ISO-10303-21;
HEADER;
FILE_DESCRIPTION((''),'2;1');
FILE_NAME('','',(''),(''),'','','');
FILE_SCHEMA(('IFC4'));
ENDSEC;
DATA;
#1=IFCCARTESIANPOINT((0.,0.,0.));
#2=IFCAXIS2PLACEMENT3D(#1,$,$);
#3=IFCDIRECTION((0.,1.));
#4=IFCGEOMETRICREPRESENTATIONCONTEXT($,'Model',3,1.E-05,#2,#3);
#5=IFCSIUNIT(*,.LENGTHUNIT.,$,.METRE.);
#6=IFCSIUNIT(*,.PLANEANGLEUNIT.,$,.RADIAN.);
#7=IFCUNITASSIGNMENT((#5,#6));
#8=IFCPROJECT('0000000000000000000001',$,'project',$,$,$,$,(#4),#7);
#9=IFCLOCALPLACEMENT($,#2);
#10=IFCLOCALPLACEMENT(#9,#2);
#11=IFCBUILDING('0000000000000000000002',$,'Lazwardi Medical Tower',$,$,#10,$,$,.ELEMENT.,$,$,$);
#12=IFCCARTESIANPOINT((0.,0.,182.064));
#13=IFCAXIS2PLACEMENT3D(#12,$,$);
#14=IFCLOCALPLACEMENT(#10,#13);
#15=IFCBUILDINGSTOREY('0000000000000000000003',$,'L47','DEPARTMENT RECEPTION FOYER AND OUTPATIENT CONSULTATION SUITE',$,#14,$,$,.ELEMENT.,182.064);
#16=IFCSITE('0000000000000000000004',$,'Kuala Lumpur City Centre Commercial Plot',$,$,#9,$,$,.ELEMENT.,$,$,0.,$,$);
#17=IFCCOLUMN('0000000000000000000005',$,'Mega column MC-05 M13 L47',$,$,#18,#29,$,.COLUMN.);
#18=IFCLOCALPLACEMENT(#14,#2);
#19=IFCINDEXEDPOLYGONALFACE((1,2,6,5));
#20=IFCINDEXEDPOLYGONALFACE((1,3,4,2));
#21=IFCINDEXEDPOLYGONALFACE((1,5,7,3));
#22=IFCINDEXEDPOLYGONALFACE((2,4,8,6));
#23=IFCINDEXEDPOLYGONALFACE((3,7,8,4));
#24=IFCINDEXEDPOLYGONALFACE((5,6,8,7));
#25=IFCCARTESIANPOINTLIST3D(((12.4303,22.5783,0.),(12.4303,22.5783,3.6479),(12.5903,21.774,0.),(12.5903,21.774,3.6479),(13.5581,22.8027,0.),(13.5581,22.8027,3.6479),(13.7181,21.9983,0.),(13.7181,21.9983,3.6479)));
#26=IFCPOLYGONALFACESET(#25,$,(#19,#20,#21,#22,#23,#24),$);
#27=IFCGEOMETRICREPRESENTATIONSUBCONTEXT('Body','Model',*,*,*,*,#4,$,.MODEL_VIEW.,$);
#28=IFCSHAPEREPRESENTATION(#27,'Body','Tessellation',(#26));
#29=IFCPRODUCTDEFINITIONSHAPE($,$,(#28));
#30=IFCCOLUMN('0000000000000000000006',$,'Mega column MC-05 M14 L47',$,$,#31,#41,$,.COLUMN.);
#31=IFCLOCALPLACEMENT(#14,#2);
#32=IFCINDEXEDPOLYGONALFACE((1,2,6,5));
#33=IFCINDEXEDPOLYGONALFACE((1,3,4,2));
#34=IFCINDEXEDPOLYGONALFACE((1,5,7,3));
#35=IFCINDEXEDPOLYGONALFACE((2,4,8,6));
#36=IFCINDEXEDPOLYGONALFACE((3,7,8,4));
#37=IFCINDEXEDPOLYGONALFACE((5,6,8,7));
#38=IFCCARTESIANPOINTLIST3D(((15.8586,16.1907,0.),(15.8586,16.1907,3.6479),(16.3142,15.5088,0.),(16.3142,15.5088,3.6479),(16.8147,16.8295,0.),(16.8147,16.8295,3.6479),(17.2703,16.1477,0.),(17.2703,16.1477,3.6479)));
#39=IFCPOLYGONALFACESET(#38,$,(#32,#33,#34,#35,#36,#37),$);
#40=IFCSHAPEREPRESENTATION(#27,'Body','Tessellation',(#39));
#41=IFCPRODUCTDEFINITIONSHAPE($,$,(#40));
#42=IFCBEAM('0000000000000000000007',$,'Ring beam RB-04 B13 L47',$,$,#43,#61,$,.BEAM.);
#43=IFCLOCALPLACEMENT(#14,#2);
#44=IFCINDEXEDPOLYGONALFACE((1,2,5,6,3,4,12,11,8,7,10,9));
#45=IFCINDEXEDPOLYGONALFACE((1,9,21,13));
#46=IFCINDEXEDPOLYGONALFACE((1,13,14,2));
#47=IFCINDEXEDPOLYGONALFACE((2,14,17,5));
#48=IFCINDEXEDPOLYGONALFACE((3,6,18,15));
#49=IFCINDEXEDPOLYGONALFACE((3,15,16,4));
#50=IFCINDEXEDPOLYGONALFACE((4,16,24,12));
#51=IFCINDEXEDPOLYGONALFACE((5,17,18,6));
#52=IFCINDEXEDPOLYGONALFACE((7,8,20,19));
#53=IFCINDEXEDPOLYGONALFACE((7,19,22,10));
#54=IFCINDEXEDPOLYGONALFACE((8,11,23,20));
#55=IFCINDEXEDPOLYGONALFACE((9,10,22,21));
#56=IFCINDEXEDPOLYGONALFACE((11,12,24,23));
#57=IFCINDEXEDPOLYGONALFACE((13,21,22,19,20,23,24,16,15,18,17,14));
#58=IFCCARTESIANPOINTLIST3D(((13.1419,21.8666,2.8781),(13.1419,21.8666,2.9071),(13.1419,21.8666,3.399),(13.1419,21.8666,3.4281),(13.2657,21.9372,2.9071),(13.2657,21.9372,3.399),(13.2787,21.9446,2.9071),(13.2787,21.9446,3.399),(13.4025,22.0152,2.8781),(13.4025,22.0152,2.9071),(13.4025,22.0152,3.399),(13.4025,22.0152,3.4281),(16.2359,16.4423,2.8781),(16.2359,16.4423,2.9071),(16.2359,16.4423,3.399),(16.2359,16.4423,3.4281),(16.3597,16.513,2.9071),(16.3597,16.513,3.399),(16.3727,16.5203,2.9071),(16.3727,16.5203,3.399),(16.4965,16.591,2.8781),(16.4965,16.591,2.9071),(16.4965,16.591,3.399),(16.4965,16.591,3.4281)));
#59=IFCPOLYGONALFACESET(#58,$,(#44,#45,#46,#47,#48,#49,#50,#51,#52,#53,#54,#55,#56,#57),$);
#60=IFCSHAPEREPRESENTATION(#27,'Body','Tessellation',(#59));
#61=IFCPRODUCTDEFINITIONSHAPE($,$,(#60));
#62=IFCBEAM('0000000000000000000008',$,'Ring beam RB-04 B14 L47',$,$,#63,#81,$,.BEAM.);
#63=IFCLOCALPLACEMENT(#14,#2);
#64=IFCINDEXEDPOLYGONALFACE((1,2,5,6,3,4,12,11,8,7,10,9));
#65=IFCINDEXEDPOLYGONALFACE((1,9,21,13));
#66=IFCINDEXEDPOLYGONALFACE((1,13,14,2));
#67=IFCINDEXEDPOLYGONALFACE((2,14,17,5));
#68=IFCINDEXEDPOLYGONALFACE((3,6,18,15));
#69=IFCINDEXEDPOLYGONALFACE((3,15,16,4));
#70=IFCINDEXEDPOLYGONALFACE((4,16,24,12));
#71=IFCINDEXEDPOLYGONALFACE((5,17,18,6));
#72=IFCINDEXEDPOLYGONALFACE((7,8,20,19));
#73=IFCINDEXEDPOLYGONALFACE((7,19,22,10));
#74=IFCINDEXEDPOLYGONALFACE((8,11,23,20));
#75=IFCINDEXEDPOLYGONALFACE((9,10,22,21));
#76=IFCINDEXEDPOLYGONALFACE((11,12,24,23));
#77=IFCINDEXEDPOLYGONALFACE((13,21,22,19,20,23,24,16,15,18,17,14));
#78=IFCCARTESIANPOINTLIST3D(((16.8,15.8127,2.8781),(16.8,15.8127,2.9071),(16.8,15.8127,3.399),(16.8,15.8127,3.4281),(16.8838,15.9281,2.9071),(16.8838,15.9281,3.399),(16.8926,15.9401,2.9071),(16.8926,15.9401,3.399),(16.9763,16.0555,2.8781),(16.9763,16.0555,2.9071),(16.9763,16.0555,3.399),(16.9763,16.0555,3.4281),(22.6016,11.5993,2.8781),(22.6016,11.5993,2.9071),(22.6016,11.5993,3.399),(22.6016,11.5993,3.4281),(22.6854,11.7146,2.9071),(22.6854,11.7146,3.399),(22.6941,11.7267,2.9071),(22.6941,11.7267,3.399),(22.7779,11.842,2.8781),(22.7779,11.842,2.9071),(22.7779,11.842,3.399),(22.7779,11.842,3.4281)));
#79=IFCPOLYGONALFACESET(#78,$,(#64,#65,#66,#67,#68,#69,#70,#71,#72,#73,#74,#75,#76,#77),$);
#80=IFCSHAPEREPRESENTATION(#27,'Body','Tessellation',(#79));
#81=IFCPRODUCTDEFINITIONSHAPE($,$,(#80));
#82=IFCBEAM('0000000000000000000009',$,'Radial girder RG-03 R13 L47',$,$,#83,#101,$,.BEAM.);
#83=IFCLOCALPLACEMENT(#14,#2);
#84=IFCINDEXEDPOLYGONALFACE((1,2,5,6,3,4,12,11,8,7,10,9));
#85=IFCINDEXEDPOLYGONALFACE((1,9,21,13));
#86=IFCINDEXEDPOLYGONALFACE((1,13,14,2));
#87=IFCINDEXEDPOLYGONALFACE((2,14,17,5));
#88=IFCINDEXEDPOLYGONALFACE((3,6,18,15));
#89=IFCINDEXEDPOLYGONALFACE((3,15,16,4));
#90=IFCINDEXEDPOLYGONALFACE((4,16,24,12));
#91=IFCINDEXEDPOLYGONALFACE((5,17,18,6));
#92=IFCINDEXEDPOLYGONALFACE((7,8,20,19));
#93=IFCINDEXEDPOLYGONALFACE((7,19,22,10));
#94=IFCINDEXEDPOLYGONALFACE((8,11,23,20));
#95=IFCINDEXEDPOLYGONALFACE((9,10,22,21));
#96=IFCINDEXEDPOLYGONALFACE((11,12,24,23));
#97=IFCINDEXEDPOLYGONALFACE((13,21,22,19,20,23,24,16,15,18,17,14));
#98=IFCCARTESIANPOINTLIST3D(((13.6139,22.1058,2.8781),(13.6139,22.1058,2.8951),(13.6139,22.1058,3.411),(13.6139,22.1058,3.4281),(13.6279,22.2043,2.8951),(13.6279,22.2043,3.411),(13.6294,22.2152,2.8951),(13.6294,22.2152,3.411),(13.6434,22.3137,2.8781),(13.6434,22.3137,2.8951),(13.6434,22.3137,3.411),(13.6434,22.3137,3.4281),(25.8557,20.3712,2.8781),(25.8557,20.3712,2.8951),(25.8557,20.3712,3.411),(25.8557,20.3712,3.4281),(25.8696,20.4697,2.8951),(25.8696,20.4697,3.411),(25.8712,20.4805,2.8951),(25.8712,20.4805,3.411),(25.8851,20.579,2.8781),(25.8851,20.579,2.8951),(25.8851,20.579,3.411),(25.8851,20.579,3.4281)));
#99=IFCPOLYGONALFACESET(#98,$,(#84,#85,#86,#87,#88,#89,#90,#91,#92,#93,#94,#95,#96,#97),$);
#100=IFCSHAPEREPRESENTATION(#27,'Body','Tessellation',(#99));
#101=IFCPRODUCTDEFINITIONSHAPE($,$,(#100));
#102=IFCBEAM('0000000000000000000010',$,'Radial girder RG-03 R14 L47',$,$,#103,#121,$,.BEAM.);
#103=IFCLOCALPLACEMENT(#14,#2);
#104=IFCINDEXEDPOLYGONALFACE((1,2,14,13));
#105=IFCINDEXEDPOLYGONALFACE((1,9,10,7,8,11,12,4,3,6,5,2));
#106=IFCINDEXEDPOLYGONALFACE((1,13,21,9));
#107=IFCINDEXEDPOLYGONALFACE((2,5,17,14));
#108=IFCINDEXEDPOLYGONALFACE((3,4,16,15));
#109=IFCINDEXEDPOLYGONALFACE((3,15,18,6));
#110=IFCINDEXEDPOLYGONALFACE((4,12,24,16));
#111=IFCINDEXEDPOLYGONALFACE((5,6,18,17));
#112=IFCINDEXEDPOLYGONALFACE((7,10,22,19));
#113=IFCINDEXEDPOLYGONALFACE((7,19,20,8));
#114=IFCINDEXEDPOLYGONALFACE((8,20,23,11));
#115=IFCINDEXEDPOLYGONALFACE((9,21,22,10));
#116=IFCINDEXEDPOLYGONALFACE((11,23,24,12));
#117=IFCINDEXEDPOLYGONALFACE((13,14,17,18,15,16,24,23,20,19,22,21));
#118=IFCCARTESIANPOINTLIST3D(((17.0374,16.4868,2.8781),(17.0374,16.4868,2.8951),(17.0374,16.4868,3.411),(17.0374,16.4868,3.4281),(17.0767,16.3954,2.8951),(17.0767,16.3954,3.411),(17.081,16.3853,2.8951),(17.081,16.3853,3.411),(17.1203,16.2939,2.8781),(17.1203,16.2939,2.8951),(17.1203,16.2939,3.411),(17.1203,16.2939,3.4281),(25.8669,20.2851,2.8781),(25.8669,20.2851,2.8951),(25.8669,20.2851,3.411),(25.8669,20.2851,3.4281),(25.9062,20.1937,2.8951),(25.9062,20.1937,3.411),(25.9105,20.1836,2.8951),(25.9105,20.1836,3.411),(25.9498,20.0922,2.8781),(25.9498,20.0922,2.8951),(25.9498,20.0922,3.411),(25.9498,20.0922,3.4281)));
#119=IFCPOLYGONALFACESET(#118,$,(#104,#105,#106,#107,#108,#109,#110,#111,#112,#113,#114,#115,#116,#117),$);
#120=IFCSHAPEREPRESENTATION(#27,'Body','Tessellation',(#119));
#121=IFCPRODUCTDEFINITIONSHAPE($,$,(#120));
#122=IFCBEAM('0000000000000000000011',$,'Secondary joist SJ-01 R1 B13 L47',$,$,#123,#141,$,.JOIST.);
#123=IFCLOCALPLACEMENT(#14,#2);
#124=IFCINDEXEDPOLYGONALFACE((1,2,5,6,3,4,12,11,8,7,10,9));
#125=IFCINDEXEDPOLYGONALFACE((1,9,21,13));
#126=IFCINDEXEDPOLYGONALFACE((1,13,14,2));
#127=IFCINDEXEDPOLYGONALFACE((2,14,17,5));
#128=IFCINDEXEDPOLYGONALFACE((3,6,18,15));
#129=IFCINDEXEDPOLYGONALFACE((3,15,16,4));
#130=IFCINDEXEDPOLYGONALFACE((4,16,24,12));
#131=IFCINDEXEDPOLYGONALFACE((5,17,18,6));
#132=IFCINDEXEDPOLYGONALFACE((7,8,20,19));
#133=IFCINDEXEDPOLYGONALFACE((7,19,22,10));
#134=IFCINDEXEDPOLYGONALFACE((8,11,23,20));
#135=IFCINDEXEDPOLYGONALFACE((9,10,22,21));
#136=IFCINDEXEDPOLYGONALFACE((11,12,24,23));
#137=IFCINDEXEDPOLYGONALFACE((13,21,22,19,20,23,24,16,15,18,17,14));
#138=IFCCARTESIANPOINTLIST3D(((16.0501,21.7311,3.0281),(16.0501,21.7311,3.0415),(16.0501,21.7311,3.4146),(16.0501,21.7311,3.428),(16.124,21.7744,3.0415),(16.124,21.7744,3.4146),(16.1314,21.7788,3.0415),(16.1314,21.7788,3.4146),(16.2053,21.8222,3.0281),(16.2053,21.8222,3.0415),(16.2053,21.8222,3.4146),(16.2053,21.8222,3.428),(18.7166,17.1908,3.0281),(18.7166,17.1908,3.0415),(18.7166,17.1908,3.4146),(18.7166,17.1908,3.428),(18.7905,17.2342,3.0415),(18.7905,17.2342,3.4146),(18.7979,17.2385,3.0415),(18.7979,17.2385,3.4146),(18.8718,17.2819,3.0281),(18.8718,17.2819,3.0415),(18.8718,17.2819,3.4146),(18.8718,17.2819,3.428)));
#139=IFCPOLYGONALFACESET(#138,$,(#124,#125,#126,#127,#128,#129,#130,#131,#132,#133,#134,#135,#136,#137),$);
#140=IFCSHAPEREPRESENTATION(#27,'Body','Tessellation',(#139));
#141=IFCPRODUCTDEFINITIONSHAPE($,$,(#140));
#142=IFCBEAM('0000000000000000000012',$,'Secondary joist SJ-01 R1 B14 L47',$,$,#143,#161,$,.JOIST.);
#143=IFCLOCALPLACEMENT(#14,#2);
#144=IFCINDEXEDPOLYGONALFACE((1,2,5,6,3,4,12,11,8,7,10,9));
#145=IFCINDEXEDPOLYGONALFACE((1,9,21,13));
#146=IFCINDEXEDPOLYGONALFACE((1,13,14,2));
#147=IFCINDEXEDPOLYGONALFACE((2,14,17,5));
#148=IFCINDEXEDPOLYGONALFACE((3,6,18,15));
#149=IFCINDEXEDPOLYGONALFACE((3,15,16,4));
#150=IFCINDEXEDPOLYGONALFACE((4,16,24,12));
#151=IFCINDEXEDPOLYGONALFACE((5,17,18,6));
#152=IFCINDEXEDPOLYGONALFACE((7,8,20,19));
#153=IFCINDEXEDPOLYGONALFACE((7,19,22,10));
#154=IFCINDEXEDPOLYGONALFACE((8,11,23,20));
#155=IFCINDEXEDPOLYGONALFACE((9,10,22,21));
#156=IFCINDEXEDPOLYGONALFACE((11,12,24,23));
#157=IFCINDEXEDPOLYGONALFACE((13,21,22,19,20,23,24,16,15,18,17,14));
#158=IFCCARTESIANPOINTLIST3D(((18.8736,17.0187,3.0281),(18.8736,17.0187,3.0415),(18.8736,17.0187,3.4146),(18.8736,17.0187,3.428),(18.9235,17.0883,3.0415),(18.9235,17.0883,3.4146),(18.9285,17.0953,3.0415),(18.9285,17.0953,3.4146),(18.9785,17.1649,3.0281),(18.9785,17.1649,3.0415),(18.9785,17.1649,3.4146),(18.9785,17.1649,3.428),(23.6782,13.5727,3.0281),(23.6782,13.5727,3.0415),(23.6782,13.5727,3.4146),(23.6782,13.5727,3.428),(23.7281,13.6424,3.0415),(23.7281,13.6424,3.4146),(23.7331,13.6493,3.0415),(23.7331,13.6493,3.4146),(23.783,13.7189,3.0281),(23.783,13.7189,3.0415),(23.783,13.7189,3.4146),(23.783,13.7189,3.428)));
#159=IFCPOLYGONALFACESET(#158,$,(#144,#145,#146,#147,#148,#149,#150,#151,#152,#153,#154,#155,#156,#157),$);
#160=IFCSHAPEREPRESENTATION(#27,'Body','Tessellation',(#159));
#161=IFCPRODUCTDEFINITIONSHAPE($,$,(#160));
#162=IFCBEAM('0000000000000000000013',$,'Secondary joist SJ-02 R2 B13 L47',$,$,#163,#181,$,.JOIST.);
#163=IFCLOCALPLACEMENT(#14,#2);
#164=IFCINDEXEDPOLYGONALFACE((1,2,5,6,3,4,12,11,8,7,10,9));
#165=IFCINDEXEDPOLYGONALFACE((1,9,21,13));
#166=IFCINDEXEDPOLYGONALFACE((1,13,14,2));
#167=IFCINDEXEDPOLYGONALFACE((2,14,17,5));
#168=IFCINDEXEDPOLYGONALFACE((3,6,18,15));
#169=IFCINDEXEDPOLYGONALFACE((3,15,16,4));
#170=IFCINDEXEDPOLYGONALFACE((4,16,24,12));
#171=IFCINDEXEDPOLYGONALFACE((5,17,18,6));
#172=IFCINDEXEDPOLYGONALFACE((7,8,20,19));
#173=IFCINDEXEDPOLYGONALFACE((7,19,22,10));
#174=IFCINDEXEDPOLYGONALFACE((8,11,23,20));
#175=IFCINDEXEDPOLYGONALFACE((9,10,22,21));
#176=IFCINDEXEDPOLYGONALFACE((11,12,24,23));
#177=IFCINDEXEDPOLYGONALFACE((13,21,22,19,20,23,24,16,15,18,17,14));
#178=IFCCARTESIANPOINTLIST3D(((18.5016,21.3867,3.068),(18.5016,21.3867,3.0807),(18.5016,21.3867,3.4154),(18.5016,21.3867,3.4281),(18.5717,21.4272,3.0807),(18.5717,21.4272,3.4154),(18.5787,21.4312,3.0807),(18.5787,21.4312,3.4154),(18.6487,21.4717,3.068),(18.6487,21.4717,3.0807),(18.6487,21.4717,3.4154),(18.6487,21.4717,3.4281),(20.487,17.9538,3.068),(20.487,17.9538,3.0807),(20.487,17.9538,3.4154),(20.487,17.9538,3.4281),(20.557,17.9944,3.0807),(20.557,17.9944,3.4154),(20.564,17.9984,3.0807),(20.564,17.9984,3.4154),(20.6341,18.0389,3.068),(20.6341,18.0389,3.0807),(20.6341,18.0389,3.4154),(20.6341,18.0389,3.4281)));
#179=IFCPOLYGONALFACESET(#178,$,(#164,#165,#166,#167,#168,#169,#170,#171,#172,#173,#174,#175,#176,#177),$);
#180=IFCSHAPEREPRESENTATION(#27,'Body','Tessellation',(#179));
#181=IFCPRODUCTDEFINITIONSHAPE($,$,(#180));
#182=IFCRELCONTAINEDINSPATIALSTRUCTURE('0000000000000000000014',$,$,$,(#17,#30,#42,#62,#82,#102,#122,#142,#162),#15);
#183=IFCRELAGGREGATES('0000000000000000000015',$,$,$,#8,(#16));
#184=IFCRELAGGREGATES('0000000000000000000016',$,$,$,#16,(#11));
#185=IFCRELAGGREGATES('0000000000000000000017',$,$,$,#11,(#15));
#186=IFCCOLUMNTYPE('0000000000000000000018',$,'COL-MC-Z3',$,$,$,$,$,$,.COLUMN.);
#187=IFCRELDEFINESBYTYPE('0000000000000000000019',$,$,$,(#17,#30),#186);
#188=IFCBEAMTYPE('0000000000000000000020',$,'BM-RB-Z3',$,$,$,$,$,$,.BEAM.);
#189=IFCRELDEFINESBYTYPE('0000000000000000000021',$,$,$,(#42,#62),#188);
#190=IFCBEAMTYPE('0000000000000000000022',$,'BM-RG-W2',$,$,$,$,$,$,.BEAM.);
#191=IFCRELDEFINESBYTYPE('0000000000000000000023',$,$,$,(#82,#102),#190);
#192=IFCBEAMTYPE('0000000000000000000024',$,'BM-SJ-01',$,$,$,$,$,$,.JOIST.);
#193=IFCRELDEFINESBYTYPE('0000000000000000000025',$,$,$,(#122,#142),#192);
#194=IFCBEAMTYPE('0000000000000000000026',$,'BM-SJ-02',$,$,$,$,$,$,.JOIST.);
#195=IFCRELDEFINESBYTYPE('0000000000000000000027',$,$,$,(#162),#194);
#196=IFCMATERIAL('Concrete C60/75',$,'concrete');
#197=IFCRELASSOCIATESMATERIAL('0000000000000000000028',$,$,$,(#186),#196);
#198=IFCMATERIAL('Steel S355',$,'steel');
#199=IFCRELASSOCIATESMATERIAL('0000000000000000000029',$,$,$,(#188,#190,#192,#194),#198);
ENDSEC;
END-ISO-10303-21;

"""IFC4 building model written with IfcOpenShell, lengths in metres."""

from ifc_helpers import new_model, si_unit, direction, frame, origin, origin_2d, place, context, subcontext, project, spatial, rectangle, i_section, extrude, material, material_profile, profile_set, type_object, element, save


model = new_model("IFC4")

# Units and contexts
model_context = context("Model", 3, precision=1e-05, world=origin(), true_north=direction((0.0, 1.0)))
body_context = subcontext(model_context, "Body", "Model", "MODEL_VIEW")
ifc_project = project(units=[si_unit("LENGTHUNIT", "METRE"), si_unit("PLANEANGLEUNIT", "RADIAN")], contexts=[model_context])

# Site, building, storey
site_placement = place(None, origin())
site = spatial("IfcSite", under=ifc_project, at=site_placement, Name="Kuala Lumpur City Centre Commercial Plot", CompositionType="ELEMENT", RefElevation=0.0)
building_placement = place(site_placement, origin())
building = spatial("IfcBuilding", under=site, at=building_placement, Name="Lazwardi Medical Tower", CompositionType="ELEMENT")
storey_placement = place(building_placement, frame((0.0, 0.0, 182.064)))
storey = spatial("IfcBuildingStorey", under=building, at=storey_placement, Name="L47", Description="DEPARTMENT RECEPTION FOYER AND OUTPATIENT CONSULTATION SUITE", CompositionType="ELEMENT", Elevation=182.064)

# Columns
ifc_material_1 = material(Name="Concrete C60/75", Category="concrete")
ifc_material_profile_1 = material_profile(ifc_material_1, rectangle(XDim=1.1499, YDim=0.8201, at=origin_2d()), Name="CFT-RECT 1150x820")
ifc_profile_set_1 = profile_set([ifc_material_profile_1], Name="Concrete C60/75")
column_type = type_object("IfcColumnType", Name="COL-MC-Z3", PredefinedType="COLUMN", material=ifc_profile_set_1)
for number, where, z_axis, x_axis, name in (
    (1, (13.0742, 22.2883, 0.0), (0.0, 0.0, 1.0), (-0.980785, -0.19509, 0.0), "Mega column MC-05 M13 L47"),
    (2, (16.5645, 16.1692, 0.0), (0.0, 0.0, 1.0), (-0.83147, -0.55557, 0.0), "Mega column MC-05 M14 L47"),
):
    element("IfcColumn", number, at=place(storey_placement, frame(where, z_axis=z_axis, x_axis=x_axis)), inside=storey, type_object=column_type, Name=name, PredefinedType="COLUMN", context=body_context, shape_type="SweptSolid", body=[
        extrude(rectangle(XDim=1.1499, YDim=0.8201, at=origin_2d()), origin(), (0.0, 0.0, 1.0), 3.6479),
    ])

# Beams
ifc_material_2 = material(Name="Steel S355", Category="steel")
ifc_material_profile_2 = material_profile(ifc_material_2, i_section(OverallWidth=0.3, OverallDepth=0.55, WebThickness=0.0149, FlangeThickness=0.0291, at=origin_2d()), Name="HEB 550")
ifc_profile_set_2 = profile_set([ifc_material_profile_2], Name="Steel S355")
beam_type_1 = type_object("IfcBeamType", Name="BM-RB-Z3", PredefinedType="BEAM", material=ifc_profile_set_2)
beam_1_placement = place(storey_placement, frame((13.2722, 21.9409, 3.1531), z_axis=(0.495461, -0.86863, 0.0), x_axis=(0.86863, 0.495461, 0.0)))
element("IfcBeam", 3, at=beam_1_placement, inside=storey, type_object=beam_type_1, Name="Ring beam RB-04 B13 L47", PredefinedType="BEAM", context=body_context, shape_type="SweptSolid", body=[
    extrude(i_section(OverallWidth=0.3, OverallDepth=0.55, WebThickness=0.0149, FlangeThickness=0.0291, at=origin_2d()), origin(), (0.0, 0.0, 1.0), 6.2446),
])
beam_2_placement = place(storey_placement, frame((16.8882, 15.9341, 3.1531), z_axis=(0.809128, -0.587633, 0.0), x_axis=(0.587633, 0.809128, 0.0)))
element("IfcBeam", 4, at=beam_2_placement, inside=storey, type_object=beam_type_1, Name="Ring beam RB-04 B14 L47", PredefinedType="BEAM", context=body_context, shape_type="SweptSolid", body=[
    extrude(i_section(OverallWidth=0.3, OverallDepth=0.55, WebThickness=0.0149, FlangeThickness=0.0291, at=origin_2d()), origin(), (0.0, 0.0, 1.0), 7.1702),
])
ifc_material_profile_3 = material_profile(ifc_material_2, i_section(OverallWidth=0.21, OverallDepth=0.55, WebThickness=0.011, FlangeThickness=0.0171, at=origin_2d()), Name="IPE 550")
ifc_profile_set_3 = profile_set([ifc_material_profile_3], Name="Steel S355")
beam_type_2 = type_object("IfcBeamType", Name="BM-RG-W2", PredefinedType="BEAM", material=ifc_profile_set_3)
beam_3_placement = place(storey_placement, frame((13.6287, 22.2097, 3.1531), z_axis=(0.99011, -0.140296, 0.0), x_axis=(0.140296, 0.99011, 0.0)))
element("IfcBeam", 5, at=beam_3_placement, inside=storey, type_object=beam_type_2, Name="Radial girder RG-03 R13 L47", PredefinedType="BEAM", context=body_context, shape_type="SweptSolid", body=[
    extrude(i_section(OverallWidth=0.21, OverallDepth=0.55, WebThickness=0.011, FlangeThickness=0.0171, at=origin_2d()), origin(), (0.0, 0.0, 1.0), 12.364),
])
beam_4_placement = place(storey_placement, frame((17.0789, 16.3904, 3.1531), z_axis=(0.918608, 0.39517, 0.0), x_axis=(-0.39517, 0.918608, 0.0)))
element("IfcBeam", 6, at=beam_4_placement, inside=storey, type_object=beam_type_2, Name="Radial girder RG-03 R14 L47", PredefinedType="BEAM", context=body_context, shape_type="SweptSolid", body=[
    extrude(i_section(OverallWidth=0.21, OverallDepth=0.55, WebThickness=0.011, FlangeThickness=0.0171, at=origin_2d()), origin(), (0.0, 0.0, 1.0), 9.6118),
])
ifc_material_profile_4 = material_profile(ifc_material_2, i_section(OverallWidth=0.1799, OverallDepth=0.3999, WebThickness=0.0085, FlangeThickness=0.0134, at=origin_2d()), Name="IPE 400")
ifc_profile_set_4 = profile_set([ifc_material_profile_4], Name="Steel S355")
beam_type_3 = type_object("IfcBeamType", Name="BM-SJ-01", PredefinedType="JOIST", material=ifc_profile_set_4)
beam_5_placement = place(storey_placement, frame((16.1277, 21.7766, 3.228), z_axis=(0.50642, -0.862287, 0.0), x_axis=(0.862287, 0.50642, 0.0)))
element("IfcBeam", 7, at=beam_5_placement, inside=storey, type_object=beam_type_3, Name="Secondary joist SJ-01 R1 B13 L47", PredefinedType="JOIST", context=body_context, shape_type="SweptSolid", body=[
    extrude(i_section(OverallWidth=0.1799, OverallDepth=0.3999, WebThickness=0.0085, FlangeThickness=0.0134, at=origin_2d()), origin(), (0.0, 0.0, 1.0), 5.2654),
])
beam_6_placement = place(storey_placement, frame((18.926, 17.0918, 3.228), z_axis=(0.812602, -0.582819, 0.0), x_axis=(0.582819, 0.812602, 0.0)))
element("IfcBeam", 8, at=beam_6_placement, inside=storey, type_object=beam_type_3, Name="Secondary joist SJ-01 R1 B14 L47", PredefinedType="JOIST", context=body_context, shape_type="SweptSolid", body=[
    extrude(i_section(OverallWidth=0.1799, OverallDepth=0.3999, WebThickness=0.0085, FlangeThickness=0.0134, at=origin_2d()), origin(), (0.0, 0.0, 1.0), 5.9126),
])
ifc_material_profile_5 = material_profile(ifc_material_2, i_section(OverallWidth=0.1699, OverallDepth=0.3601, WebThickness=0.0081, FlangeThickness=0.0127, at=origin_2d()), Name="IPE 360")
ifc_profile_set_5 = profile_set([ifc_material_profile_5], Name="Steel S355")
beam_type_4 = type_object("IfcBeamType", Name="BM-SJ-02", PredefinedType="JOIST", material=ifc_profile_set_5)
beam_7_placement = place(storey_placement, frame((18.5752, 21.4292, 3.248), z_axis=(0.500641, -0.865655, 0.0), x_axis=(0.865655, 0.500641, 0.0)))
element("IfcBeam", 9, at=beam_7_placement, inside=storey, type_object=beam_type_4, Name="Secondary joist SJ-02 R2 B13 L47", PredefinedType="JOIST", context=body_context, shape_type="SweptSolid", body=[
    extrude(i_section(OverallWidth=0.1699, OverallDepth=0.3601, WebThickness=0.0081, FlangeThickness=0.0127, at=origin_2d()), origin(), (0.0, 0.0, 1.0), 3.9656),
])

save(model, "model.ifc")
